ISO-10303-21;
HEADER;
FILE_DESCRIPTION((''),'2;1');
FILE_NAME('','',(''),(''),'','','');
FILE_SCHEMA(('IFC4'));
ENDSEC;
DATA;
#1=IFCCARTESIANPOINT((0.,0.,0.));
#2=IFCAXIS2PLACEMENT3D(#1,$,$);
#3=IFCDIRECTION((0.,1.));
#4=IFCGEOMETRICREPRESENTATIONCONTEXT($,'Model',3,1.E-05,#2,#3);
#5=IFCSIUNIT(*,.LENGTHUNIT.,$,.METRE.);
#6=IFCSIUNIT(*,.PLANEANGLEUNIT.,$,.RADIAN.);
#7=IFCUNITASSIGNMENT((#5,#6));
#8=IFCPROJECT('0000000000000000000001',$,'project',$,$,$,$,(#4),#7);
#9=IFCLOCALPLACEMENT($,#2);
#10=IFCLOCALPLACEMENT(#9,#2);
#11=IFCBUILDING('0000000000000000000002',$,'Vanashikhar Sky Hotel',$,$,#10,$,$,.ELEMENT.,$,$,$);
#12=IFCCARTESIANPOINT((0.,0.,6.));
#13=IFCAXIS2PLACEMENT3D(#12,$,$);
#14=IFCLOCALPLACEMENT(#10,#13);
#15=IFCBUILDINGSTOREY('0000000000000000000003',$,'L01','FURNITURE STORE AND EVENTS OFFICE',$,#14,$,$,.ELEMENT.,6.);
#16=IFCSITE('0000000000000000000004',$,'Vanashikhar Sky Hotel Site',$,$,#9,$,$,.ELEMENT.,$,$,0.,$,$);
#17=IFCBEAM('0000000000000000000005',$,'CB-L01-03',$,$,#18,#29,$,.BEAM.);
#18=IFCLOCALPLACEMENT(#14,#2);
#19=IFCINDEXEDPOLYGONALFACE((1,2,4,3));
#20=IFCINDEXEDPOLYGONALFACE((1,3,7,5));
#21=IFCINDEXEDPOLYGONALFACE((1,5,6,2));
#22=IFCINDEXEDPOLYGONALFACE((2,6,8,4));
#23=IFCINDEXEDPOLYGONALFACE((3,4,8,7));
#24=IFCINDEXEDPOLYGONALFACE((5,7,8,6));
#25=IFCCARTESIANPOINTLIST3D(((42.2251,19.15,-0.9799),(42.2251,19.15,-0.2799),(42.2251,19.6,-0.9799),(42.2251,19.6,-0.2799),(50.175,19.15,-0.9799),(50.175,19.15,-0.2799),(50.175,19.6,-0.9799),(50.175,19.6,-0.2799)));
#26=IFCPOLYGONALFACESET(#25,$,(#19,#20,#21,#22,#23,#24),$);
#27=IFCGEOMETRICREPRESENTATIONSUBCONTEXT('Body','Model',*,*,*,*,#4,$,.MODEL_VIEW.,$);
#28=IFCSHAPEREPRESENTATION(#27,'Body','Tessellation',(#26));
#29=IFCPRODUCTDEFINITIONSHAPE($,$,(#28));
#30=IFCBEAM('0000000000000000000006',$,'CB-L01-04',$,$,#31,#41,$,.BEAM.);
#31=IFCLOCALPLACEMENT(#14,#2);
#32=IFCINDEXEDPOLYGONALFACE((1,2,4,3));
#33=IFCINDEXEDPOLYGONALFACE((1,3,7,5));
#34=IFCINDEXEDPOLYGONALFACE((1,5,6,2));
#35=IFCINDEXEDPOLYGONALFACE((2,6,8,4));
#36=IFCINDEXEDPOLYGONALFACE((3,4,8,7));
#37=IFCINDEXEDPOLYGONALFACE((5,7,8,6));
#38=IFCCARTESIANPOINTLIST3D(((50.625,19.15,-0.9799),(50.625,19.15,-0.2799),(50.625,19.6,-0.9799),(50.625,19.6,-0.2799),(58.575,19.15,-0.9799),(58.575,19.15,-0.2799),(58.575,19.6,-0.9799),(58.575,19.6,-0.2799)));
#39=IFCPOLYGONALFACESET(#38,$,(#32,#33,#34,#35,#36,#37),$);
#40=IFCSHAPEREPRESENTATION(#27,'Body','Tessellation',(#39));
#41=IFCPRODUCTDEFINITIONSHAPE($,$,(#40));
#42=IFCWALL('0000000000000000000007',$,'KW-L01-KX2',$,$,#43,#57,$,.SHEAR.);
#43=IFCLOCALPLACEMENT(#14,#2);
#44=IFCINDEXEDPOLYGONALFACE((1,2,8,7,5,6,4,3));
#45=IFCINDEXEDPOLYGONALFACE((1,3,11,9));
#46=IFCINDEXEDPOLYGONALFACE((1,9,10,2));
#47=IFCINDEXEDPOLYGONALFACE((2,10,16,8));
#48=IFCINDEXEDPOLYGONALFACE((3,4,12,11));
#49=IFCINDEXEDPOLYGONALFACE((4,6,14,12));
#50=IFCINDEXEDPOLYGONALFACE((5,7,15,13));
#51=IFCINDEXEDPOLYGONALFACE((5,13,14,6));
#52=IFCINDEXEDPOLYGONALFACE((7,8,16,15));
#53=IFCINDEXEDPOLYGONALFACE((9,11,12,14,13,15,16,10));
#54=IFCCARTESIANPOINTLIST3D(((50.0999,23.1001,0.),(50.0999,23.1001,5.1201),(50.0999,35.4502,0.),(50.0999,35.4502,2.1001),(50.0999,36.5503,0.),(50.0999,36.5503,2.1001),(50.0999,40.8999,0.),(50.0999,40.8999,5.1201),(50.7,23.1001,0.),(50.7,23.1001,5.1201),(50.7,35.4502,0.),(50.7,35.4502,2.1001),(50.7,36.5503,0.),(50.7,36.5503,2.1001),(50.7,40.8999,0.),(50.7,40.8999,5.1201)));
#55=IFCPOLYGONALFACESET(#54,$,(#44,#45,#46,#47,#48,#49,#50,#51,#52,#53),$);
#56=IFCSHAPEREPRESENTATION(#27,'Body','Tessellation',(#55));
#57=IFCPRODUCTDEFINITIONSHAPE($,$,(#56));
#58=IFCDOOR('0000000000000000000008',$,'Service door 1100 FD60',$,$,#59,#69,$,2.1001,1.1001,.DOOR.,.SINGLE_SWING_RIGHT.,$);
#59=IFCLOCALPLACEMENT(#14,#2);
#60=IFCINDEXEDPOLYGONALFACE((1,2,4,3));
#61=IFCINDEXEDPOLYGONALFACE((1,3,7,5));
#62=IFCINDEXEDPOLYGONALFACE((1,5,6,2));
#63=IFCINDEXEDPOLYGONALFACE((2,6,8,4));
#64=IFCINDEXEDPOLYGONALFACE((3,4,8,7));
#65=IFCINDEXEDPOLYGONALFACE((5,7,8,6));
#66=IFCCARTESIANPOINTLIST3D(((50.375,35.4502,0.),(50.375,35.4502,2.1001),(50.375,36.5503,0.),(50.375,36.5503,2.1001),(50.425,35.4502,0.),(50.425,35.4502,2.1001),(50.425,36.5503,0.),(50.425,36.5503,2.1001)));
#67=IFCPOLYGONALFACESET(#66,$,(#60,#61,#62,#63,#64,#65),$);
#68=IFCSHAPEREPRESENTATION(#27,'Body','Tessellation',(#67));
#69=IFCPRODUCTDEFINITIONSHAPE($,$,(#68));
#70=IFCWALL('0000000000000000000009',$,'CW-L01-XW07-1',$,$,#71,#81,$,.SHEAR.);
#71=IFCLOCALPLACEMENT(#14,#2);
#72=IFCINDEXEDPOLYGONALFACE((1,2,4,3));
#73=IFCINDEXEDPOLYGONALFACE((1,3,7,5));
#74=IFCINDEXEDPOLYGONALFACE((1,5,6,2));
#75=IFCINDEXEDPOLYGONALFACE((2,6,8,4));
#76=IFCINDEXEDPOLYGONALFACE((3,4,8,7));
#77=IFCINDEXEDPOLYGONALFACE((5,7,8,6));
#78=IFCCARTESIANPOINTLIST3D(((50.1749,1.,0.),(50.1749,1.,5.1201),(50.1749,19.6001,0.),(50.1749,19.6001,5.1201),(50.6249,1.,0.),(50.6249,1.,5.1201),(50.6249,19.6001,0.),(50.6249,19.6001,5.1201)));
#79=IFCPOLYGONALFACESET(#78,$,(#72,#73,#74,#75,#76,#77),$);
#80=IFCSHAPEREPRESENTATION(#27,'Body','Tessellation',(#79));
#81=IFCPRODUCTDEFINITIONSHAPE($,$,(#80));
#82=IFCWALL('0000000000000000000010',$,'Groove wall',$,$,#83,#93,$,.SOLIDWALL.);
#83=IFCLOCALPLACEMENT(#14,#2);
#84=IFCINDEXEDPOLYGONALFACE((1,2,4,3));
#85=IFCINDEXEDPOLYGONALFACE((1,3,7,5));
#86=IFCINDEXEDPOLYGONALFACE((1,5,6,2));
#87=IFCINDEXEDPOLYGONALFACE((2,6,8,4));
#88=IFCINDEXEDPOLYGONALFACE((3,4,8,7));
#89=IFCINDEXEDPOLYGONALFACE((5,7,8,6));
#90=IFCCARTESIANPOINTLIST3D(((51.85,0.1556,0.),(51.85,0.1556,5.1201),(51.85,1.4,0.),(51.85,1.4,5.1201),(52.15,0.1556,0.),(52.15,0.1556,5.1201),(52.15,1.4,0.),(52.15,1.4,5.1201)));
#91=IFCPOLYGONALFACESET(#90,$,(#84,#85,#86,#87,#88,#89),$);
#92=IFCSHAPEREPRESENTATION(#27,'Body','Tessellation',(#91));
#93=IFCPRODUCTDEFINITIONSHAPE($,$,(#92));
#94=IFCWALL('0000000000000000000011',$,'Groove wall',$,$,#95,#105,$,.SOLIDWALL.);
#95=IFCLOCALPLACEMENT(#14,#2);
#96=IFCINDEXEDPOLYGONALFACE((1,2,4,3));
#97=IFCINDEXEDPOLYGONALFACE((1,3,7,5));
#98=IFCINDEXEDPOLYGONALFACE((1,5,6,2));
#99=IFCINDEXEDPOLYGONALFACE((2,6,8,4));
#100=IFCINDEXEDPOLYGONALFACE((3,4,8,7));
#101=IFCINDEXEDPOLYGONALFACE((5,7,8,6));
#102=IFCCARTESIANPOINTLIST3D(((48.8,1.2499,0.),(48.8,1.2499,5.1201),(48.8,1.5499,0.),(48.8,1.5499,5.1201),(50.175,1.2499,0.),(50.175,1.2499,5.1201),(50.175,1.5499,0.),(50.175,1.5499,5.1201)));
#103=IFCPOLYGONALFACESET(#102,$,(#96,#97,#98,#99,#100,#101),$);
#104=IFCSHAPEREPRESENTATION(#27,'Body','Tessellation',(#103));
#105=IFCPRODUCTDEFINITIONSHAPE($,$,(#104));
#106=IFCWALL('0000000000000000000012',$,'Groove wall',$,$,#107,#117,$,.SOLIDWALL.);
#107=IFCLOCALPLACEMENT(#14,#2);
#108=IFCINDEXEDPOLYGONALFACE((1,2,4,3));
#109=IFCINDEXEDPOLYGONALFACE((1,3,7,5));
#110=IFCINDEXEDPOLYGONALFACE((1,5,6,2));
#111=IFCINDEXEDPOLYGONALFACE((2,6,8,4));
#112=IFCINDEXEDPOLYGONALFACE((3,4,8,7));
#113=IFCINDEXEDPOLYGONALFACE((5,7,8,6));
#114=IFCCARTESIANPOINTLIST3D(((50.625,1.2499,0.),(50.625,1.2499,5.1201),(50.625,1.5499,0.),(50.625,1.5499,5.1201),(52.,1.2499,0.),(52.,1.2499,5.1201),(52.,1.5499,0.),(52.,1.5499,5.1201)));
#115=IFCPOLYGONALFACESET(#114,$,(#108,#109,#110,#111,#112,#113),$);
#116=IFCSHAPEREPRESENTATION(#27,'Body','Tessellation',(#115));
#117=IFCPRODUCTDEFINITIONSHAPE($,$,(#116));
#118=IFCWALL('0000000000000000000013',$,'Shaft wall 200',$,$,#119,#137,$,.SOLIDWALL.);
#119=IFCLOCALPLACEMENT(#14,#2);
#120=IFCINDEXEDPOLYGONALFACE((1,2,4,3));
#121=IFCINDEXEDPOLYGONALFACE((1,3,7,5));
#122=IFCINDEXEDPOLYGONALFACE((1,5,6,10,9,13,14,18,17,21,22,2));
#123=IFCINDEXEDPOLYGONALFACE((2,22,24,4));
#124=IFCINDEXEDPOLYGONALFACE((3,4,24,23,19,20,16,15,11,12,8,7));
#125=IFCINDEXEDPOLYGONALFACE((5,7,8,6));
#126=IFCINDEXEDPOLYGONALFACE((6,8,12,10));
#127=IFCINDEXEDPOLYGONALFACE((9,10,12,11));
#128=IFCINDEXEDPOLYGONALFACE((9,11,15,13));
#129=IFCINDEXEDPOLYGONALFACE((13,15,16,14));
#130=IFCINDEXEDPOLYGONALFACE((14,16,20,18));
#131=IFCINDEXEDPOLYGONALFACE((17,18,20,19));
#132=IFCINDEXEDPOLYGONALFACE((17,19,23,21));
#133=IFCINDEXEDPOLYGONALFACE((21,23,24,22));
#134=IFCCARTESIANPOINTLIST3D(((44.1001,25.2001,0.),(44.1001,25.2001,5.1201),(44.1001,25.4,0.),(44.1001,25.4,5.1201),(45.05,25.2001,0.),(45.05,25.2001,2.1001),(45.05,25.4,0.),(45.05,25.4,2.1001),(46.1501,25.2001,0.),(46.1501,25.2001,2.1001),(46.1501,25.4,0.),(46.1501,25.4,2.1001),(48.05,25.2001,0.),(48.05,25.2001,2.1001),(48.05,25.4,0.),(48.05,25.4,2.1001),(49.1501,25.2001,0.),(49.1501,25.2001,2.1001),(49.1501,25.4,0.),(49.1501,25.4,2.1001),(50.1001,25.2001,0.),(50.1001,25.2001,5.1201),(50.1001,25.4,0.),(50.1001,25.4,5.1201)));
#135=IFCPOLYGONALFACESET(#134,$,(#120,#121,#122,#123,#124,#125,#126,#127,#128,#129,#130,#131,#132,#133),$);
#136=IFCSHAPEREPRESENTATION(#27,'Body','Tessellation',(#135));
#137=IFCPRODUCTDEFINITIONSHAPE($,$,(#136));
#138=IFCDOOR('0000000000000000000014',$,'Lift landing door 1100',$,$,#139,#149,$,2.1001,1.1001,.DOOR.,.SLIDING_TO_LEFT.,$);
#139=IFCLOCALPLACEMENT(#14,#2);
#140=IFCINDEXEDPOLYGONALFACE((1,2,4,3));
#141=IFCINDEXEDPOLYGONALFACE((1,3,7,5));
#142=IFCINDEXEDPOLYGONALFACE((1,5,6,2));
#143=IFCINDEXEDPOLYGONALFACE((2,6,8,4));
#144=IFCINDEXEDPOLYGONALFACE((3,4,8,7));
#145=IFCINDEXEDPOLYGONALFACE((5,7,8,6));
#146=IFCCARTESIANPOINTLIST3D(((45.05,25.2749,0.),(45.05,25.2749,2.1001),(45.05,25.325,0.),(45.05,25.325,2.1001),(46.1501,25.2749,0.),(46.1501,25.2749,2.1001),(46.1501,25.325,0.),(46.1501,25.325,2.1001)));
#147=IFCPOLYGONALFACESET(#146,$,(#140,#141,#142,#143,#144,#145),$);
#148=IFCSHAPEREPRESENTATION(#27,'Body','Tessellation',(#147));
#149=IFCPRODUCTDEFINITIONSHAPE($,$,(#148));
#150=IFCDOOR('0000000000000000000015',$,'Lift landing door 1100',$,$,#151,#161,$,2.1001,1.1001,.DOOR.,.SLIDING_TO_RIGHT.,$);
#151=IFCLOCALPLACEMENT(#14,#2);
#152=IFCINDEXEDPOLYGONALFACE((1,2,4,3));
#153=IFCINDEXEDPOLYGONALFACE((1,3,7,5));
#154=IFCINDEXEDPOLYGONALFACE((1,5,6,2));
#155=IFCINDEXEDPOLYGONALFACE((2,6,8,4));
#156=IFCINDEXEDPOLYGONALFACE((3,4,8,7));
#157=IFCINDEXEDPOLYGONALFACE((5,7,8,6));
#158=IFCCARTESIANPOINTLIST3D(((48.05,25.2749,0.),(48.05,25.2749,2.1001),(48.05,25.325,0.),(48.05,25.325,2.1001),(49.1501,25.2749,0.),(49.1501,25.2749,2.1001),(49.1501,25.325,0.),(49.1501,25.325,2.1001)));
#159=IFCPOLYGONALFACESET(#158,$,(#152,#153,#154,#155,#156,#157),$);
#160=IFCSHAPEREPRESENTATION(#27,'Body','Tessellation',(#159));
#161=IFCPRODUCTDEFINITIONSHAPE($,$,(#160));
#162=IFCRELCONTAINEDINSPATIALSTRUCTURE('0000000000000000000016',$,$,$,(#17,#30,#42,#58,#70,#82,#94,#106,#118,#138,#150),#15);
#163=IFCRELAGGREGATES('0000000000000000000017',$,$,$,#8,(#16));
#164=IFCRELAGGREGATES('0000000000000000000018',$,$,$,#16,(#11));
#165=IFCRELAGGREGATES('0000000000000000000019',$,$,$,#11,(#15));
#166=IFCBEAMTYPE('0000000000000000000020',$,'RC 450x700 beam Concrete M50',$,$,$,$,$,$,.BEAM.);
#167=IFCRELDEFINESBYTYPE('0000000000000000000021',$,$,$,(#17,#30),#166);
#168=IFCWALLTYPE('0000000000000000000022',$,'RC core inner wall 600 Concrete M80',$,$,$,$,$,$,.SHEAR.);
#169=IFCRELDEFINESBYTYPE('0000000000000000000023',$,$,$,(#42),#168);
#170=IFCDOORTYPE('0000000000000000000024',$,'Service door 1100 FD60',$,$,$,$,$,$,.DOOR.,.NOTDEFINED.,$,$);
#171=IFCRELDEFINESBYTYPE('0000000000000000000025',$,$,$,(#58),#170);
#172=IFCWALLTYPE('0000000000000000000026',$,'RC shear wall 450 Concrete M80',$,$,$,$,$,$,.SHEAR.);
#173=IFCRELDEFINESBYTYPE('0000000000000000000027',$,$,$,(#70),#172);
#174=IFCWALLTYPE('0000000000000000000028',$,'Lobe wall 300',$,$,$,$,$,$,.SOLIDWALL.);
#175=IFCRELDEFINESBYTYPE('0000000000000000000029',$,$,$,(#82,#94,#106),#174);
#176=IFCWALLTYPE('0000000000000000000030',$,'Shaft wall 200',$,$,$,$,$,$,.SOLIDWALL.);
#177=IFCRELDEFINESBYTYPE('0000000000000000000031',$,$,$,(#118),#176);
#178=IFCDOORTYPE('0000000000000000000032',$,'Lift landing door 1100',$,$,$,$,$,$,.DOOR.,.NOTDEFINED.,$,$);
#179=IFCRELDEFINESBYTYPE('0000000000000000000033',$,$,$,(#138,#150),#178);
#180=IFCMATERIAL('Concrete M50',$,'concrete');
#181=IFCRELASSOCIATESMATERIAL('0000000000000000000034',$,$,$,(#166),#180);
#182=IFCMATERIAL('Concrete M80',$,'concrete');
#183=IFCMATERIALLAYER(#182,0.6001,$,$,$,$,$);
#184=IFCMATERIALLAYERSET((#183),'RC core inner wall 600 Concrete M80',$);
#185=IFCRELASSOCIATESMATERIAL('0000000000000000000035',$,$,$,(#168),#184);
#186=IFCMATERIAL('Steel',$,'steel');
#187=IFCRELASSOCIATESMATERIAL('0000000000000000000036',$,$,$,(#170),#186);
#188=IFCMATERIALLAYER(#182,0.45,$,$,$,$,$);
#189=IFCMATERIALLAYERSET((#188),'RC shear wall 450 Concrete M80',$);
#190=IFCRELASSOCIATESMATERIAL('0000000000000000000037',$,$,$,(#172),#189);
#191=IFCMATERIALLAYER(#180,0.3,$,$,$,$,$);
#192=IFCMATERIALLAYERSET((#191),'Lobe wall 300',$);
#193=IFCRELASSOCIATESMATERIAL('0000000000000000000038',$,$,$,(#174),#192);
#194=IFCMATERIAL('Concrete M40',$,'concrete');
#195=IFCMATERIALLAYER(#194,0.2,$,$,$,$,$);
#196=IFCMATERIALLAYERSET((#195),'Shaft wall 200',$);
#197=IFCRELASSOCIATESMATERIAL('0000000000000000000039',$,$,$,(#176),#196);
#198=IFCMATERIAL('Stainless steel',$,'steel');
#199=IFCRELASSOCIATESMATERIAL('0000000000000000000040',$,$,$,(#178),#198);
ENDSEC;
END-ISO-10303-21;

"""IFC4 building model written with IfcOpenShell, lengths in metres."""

from ifc_helpers import new_model, si_unit, direction, frame, frame_2d, origin, origin_2d, place, context, subcontext, project, spatial, rectangle, extrude, source, transform, mapped, material, layer, layer_set, material_profile, profile_set, type_object, element, fill, save


model = new_model("IFC4")

# Units and contexts
model_context = context("Model", 3, precision=1e-05, world=origin(), true_north=direction((0.0, 1.0)))
body_context = subcontext(model_context, "Body", "Model", "MODEL_VIEW")
ifc_project = project(units=[si_unit("LENGTHUNIT", "METRE"), si_unit("PLANEANGLEUNIT", "RADIAN")], contexts=[model_context])

# Site, building, storey
site_placement = place(None, origin())
site = spatial("IfcSite", under=ifc_project, at=site_placement, Name="Vanashikhar Sky Hotel Site", CompositionType="ELEMENT", RefElevation=0.0)
building_placement = place(site_placement, origin())
building = spatial("IfcBuilding", under=site, at=building_placement, Name="Vanashikhar Sky Hotel", CompositionType="ELEMENT")
storey_placement = place(building_placement, frame((0.0, 0.0, 6.0)))
storey = spatial("IfcBuildingStorey", under=building, at=storey_placement, Name="L01", Description="FURNITURE STORE AND EVENTS OFFICE", CompositionType="ELEMENT", Elevation=6.0)

# Beams
ifc_material_1 = material(Name="Concrete M50", Category="concrete")
ifc_material_profile = material_profile(ifc_material_1, rectangle(XDim=0.45, YDim=0.7, at=origin_2d()))
ifc_profile_set = profile_set([ifc_material_profile], Name="RC 450x700 beam Concrete M50")
beam_type = type_object("IfcBeamType", Name="RC 450x700 beam Concrete M50", PredefinedType="BEAM", material=ifc_profile_set)
shared_shape_1 = source(origin(), body_context, "Body", "SweptSolid", [
    extrude(rectangle(XDim=0.45, YDim=0.7, at=origin_2d()), origin(), (0.0, 0.0, 1.0), 7.95),
])
for number, where, z_axis, x_axis, name in (
    (1, (42.2251, 19.375, -0.6299), (1.0, 0.0, 0.0), (0.0, 1.0, 0.0), "CB-L01-03"),
    (2, (50.625, 19.375, -0.6299), (1.0, 0.0, 0.0), (0.0, 1.0, 0.0), "CB-L01-04"),
):
    element("IfcBeam", number, at=place(storey_placement, frame(where, z_axis=z_axis, x_axis=x_axis)), inside=storey, type_object=beam_type, Name=name, PredefinedType="BEAM", context=body_context, shape_type="MappedRepresentation", body=[
        mapped(shared_shape_1, transform((0.0, 0.0, 0.0), scale=1.0)),
    ])

# Wall, opening, door
ifc_material_2 = material(Name="Concrete M80", Category="concrete")
ifc_layer_1 = layer(ifc_material_2, 0.6001)
ifc_layer_set_1 = layer_set([ifc_layer_1], Name="RC core inner wall 600 Concrete M80")
wall_type_1 = type_object("IfcWallType", Name="RC core inner wall 600 Concrete M80", PredefinedType="SHEAR", material=ifc_layer_set_1)
shared_shape_2 = source(origin(), body_context, "Body", "SweptSolid", [
    extrude(rectangle(XDim=17.7998, YDim=0.6001, at=frame_2d((8.8999, 0.0))), origin(), (0.0, 0.0, 1.0), 5.1201),
])
wall_1_placement = place(storey_placement, frame((50.3999, 23.1001, 0.0), z_axis=(0.0, 0.0, 1.0), x_axis=(0.0, 1.0, 0.0)))
wall_1 = element("IfcWall", 3, at=wall_1_placement, inside=storey, type_object=wall_type_1, Name="KW-L01-KX2", PredefinedType="SHEAR", context=body_context, shape_type="MappedRepresentation", body=[
    mapped(shared_shape_2, transform((0.0, 0.0, 0.0), scale=1.0)),
])
shared_shape_3 = source(origin(), body_context, "Body", "SweptSolid", [
    extrude(rectangle(XDim=1.1001, YDim=2.1001, at=frame_2d((0.55, 1.05))), frame((0.0, 0.3101, 0.0), z_axis=(0.0, -1.0, 0.0), x_axis=(1.0, 0.0, 0.0)), (0.0, 0.0, 1.0), 0.6201),
])
opening_1_placement = place(wall_1_placement, frame((12.3501, 0.0, 0.0)))
opening_1 = element("IfcOpeningElement", 4, at=opening_1_placement, cuts=wall_1, PredefinedType="OPENING", context=body_context, shape_type="MappedRepresentation", body=[
    mapped(shared_shape_3, transform((0.0, 0.0, 0.0), scale=1.0)),
])
ifc_material_3 = material(Name="Steel", Category="steel")
door_type_1 = type_object("IfcDoorType", Name="Service door 1100 FD60", OperationType="NOTDEFINED", PredefinedType="DOOR", material=ifc_material_3)
shared_shape_4 = source(origin(), body_context, "Body", "SweptSolid", [
    extrude(rectangle(XDim=1.1001, YDim=2.1001, at=frame_2d((0.55, 1.05))), frame((0.0, 0.0249, 0.0), z_axis=(0.0, -1.0, 0.0), x_axis=(1.0, 0.0, 0.0)), (0.0, 0.0, 1.0), 0.05),
])
door_1_placement = place(opening_1_placement, origin())
door_1 = element("IfcDoor", 5, at=door_1_placement, inside=storey, type_object=door_type_1, Name="Service door 1100 FD60", OperationType="SINGLE_SWING_RIGHT", OverallHeight=2.1001, OverallWidth=1.1001, PredefinedType="DOOR", context=body_context, shape_type="MappedRepresentation", body=[
    mapped(shared_shape_4, transform((0.0, 0.0, 0.0), scale=1.0)),
])
fill(opening_1, door_1)

# Walls
ifc_layer_2 = layer(ifc_material_2, 0.45)
ifc_layer_set_2 = layer_set([ifc_layer_2], Name="RC shear wall 450 Concrete M80")
wall_type_2 = type_object("IfcWallType", Name="RC shear wall 450 Concrete M80", PredefinedType="SHEAR", material=ifc_layer_set_2)
shared_shape_5 = source(origin(), body_context, "Body", "SweptSolid", [
    extrude(rectangle(XDim=18.6001, YDim=0.45, at=frame_2d((9.3, 0.0))), origin(), (0.0, 0.0, 1.0), 5.1201),
])
wall_2_placement = place(storey_placement, frame((50.3999, 1.0, 0.0), z_axis=(0.0, 0.0, 1.0), x_axis=(0.0, 1.0, 0.0)))
element("IfcWall", 6, at=wall_2_placement, inside=storey, type_object=wall_type_2, Name="CW-L01-XW07-1", PredefinedType="SHEAR", context=body_context, shape_type="MappedRepresentation", body=[
    mapped(shared_shape_5, transform((0.0, 0.0, 0.0), scale=1.0)),
])
ifc_layer_3 = layer(ifc_material_1, 0.3)
ifc_layer_set_3 = layer_set([ifc_layer_3], Name="Lobe wall 300")
wall_type_3 = type_object("IfcWallType", Name="Lobe wall 300", PredefinedType="SOLIDWALL", material=ifc_layer_set_3)
shared_shape_6 = source(origin(), body_context, "Body", "SweptSolid", [
    extrude(rectangle(XDim=1.2444, YDim=0.3, at=frame_2d((0.6221, 0.0))), origin(), (0.0, 0.0, 1.0), 5.1201),
])
wall_3_placement = place(storey_placement, frame((52.0, 1.3999, 0.0), z_axis=(0.0, 0.0, 1.0), x_axis=(0.0, -1.0, 0.0)))
element("IfcWall", 7, at=wall_3_placement, inside=storey, type_object=wall_type_3, Name="Groove wall", PredefinedType="SOLIDWALL", context=body_context, shape_type="MappedRepresentation", body=[
    mapped(shared_shape_6, transform((0.0, 0.0, 0.0), scale=1.0)),
])
shared_shape_7 = source(origin(), body_context, "Body", "SweptSolid", [
    extrude(rectangle(XDim=1.375, YDim=0.3, at=frame_2d((0.6875, 0.0))), origin(), (0.0, 0.0, 1.0), 5.1201),
])
for number, where, z_axis, x_axis, name in (
    (8, (48.8, 1.3999, 0.0), (0.0, 0.0, 1.0), (1.0, 0.0, 0.0), "Groove wall"),
    (9, (50.625, 1.3999, 0.0), (0.0, 0.0, 1.0), (1.0, 0.0, 0.0), "Groove wall"),
):
    element("IfcWall", number, at=place(storey_placement, frame(where, z_axis=z_axis, x_axis=x_axis)), inside=storey, type_object=wall_type_3, Name=name, PredefinedType="SOLIDWALL", context=body_context, shape_type="MappedRepresentation", body=[
        mapped(shared_shape_7, transform((0.0, 0.0, 0.0), scale=1.0)),
    ])

# Wall, openings, doors
ifc_material_4 = material(Name="Concrete M40", Category="concrete")
ifc_layer_4 = layer(ifc_material_4, 0.2)
ifc_layer_set_4 = layer_set([ifc_layer_4], Name="Shaft wall 200")
wall_type_4 = type_object("IfcWallType", Name="Shaft wall 200", PredefinedType="SOLIDWALL", material=ifc_layer_set_4)
shared_shape_8 = source(origin(), body_context, "Body", "SweptSolid", [
    extrude(rectangle(XDim=6.0, YDim=0.2, at=frame_2d((3.0, 0.0))), origin(), (0.0, 0.0, 1.0), 5.1201),
])
wall_4_placement = place(storey_placement, frame((44.1001, 25.3, 0.0), z_axis=(0.0, 0.0, 1.0), x_axis=(1.0, 0.0, 0.0)))
wall_4 = element("IfcWall", 10, at=wall_4_placement, inside=storey, type_object=wall_type_4, Name="Shaft wall 200", PredefinedType="SOLIDWALL", context=body_context, shape_type="MappedRepresentation", body=[
    mapped(shared_shape_8, transform((0.0, 0.0, 0.0), scale=1.0)),
])
shared_shape_9 = source(origin(), body_context, "Body", "SweptSolid", [
    extrude(rectangle(XDim=1.1001, YDim=2.1001, at=frame_2d((0.55, 1.05))), frame((0.0, 0.1099, 0.0), z_axis=(0.0, -1.0, 0.0), x_axis=(1.0, 0.0, 0.0)), (0.0, 0.0, 1.0), 0.22),
])
opening_2_placement = place(wall_4_placement, frame((0.95, 0.0, 0.0)))
opening_2 = element("IfcOpeningElement", 11, at=opening_2_placement, cuts=wall_4, PredefinedType="OPENING", context=body_context, shape_type="MappedRepresentation", body=[
    mapped(shared_shape_9, transform((0.0, 0.0, 0.0), scale=1.0)),
])
opening_3_placement = place(wall_4_placement, frame((3.95, 0.0, 0.0)))
opening_3 = element("IfcOpeningElement", 12, at=opening_3_placement, cuts=wall_4, PredefinedType="OPENING", context=body_context, shape_type="MappedRepresentation", body=[
    mapped(shared_shape_9, transform((0.0, 0.0, 0.0), scale=1.0)),
])
ifc_material_5 = material(Name="Stainless steel", Category="steel")
door_type_2 = type_object("IfcDoorType", Name="Lift landing door 1100", OperationType="NOTDEFINED", PredefinedType="DOOR", material=ifc_material_5)
door_2_placement = place(opening_2_placement, origin())
door_2 = element("IfcDoor", 13, at=door_2_placement, inside=storey, type_object=door_type_2, Name="Lift landing door 1100", OperationType="SLIDING_TO_LEFT", OverallHeight=2.1001, OverallWidth=1.1001, PredefinedType="DOOR", context=body_context, shape_type="MappedRepresentation", body=[
    mapped(shared_shape_4, transform((0.0, 0.0, 0.0), scale=1.0)),
])
fill(opening_2, door_2)
door_3_placement = place(opening_3_placement, origin())
door_3 = element("IfcDoor", 14, at=door_3_placement, inside=storey, type_object=door_type_2, Name="Lift landing door 1100", OperationType="SLIDING_TO_RIGHT", OverallHeight=2.1001, OverallWidth=1.1001, PredefinedType="DOOR", context=body_context, shape_type="MappedRepresentation", body=[
    mapped(shared_shape_4, transform((0.0, 0.0, 0.0), scale=1.0)),
])
fill(opening_3, door_3)

save(model, "model.ifc")
